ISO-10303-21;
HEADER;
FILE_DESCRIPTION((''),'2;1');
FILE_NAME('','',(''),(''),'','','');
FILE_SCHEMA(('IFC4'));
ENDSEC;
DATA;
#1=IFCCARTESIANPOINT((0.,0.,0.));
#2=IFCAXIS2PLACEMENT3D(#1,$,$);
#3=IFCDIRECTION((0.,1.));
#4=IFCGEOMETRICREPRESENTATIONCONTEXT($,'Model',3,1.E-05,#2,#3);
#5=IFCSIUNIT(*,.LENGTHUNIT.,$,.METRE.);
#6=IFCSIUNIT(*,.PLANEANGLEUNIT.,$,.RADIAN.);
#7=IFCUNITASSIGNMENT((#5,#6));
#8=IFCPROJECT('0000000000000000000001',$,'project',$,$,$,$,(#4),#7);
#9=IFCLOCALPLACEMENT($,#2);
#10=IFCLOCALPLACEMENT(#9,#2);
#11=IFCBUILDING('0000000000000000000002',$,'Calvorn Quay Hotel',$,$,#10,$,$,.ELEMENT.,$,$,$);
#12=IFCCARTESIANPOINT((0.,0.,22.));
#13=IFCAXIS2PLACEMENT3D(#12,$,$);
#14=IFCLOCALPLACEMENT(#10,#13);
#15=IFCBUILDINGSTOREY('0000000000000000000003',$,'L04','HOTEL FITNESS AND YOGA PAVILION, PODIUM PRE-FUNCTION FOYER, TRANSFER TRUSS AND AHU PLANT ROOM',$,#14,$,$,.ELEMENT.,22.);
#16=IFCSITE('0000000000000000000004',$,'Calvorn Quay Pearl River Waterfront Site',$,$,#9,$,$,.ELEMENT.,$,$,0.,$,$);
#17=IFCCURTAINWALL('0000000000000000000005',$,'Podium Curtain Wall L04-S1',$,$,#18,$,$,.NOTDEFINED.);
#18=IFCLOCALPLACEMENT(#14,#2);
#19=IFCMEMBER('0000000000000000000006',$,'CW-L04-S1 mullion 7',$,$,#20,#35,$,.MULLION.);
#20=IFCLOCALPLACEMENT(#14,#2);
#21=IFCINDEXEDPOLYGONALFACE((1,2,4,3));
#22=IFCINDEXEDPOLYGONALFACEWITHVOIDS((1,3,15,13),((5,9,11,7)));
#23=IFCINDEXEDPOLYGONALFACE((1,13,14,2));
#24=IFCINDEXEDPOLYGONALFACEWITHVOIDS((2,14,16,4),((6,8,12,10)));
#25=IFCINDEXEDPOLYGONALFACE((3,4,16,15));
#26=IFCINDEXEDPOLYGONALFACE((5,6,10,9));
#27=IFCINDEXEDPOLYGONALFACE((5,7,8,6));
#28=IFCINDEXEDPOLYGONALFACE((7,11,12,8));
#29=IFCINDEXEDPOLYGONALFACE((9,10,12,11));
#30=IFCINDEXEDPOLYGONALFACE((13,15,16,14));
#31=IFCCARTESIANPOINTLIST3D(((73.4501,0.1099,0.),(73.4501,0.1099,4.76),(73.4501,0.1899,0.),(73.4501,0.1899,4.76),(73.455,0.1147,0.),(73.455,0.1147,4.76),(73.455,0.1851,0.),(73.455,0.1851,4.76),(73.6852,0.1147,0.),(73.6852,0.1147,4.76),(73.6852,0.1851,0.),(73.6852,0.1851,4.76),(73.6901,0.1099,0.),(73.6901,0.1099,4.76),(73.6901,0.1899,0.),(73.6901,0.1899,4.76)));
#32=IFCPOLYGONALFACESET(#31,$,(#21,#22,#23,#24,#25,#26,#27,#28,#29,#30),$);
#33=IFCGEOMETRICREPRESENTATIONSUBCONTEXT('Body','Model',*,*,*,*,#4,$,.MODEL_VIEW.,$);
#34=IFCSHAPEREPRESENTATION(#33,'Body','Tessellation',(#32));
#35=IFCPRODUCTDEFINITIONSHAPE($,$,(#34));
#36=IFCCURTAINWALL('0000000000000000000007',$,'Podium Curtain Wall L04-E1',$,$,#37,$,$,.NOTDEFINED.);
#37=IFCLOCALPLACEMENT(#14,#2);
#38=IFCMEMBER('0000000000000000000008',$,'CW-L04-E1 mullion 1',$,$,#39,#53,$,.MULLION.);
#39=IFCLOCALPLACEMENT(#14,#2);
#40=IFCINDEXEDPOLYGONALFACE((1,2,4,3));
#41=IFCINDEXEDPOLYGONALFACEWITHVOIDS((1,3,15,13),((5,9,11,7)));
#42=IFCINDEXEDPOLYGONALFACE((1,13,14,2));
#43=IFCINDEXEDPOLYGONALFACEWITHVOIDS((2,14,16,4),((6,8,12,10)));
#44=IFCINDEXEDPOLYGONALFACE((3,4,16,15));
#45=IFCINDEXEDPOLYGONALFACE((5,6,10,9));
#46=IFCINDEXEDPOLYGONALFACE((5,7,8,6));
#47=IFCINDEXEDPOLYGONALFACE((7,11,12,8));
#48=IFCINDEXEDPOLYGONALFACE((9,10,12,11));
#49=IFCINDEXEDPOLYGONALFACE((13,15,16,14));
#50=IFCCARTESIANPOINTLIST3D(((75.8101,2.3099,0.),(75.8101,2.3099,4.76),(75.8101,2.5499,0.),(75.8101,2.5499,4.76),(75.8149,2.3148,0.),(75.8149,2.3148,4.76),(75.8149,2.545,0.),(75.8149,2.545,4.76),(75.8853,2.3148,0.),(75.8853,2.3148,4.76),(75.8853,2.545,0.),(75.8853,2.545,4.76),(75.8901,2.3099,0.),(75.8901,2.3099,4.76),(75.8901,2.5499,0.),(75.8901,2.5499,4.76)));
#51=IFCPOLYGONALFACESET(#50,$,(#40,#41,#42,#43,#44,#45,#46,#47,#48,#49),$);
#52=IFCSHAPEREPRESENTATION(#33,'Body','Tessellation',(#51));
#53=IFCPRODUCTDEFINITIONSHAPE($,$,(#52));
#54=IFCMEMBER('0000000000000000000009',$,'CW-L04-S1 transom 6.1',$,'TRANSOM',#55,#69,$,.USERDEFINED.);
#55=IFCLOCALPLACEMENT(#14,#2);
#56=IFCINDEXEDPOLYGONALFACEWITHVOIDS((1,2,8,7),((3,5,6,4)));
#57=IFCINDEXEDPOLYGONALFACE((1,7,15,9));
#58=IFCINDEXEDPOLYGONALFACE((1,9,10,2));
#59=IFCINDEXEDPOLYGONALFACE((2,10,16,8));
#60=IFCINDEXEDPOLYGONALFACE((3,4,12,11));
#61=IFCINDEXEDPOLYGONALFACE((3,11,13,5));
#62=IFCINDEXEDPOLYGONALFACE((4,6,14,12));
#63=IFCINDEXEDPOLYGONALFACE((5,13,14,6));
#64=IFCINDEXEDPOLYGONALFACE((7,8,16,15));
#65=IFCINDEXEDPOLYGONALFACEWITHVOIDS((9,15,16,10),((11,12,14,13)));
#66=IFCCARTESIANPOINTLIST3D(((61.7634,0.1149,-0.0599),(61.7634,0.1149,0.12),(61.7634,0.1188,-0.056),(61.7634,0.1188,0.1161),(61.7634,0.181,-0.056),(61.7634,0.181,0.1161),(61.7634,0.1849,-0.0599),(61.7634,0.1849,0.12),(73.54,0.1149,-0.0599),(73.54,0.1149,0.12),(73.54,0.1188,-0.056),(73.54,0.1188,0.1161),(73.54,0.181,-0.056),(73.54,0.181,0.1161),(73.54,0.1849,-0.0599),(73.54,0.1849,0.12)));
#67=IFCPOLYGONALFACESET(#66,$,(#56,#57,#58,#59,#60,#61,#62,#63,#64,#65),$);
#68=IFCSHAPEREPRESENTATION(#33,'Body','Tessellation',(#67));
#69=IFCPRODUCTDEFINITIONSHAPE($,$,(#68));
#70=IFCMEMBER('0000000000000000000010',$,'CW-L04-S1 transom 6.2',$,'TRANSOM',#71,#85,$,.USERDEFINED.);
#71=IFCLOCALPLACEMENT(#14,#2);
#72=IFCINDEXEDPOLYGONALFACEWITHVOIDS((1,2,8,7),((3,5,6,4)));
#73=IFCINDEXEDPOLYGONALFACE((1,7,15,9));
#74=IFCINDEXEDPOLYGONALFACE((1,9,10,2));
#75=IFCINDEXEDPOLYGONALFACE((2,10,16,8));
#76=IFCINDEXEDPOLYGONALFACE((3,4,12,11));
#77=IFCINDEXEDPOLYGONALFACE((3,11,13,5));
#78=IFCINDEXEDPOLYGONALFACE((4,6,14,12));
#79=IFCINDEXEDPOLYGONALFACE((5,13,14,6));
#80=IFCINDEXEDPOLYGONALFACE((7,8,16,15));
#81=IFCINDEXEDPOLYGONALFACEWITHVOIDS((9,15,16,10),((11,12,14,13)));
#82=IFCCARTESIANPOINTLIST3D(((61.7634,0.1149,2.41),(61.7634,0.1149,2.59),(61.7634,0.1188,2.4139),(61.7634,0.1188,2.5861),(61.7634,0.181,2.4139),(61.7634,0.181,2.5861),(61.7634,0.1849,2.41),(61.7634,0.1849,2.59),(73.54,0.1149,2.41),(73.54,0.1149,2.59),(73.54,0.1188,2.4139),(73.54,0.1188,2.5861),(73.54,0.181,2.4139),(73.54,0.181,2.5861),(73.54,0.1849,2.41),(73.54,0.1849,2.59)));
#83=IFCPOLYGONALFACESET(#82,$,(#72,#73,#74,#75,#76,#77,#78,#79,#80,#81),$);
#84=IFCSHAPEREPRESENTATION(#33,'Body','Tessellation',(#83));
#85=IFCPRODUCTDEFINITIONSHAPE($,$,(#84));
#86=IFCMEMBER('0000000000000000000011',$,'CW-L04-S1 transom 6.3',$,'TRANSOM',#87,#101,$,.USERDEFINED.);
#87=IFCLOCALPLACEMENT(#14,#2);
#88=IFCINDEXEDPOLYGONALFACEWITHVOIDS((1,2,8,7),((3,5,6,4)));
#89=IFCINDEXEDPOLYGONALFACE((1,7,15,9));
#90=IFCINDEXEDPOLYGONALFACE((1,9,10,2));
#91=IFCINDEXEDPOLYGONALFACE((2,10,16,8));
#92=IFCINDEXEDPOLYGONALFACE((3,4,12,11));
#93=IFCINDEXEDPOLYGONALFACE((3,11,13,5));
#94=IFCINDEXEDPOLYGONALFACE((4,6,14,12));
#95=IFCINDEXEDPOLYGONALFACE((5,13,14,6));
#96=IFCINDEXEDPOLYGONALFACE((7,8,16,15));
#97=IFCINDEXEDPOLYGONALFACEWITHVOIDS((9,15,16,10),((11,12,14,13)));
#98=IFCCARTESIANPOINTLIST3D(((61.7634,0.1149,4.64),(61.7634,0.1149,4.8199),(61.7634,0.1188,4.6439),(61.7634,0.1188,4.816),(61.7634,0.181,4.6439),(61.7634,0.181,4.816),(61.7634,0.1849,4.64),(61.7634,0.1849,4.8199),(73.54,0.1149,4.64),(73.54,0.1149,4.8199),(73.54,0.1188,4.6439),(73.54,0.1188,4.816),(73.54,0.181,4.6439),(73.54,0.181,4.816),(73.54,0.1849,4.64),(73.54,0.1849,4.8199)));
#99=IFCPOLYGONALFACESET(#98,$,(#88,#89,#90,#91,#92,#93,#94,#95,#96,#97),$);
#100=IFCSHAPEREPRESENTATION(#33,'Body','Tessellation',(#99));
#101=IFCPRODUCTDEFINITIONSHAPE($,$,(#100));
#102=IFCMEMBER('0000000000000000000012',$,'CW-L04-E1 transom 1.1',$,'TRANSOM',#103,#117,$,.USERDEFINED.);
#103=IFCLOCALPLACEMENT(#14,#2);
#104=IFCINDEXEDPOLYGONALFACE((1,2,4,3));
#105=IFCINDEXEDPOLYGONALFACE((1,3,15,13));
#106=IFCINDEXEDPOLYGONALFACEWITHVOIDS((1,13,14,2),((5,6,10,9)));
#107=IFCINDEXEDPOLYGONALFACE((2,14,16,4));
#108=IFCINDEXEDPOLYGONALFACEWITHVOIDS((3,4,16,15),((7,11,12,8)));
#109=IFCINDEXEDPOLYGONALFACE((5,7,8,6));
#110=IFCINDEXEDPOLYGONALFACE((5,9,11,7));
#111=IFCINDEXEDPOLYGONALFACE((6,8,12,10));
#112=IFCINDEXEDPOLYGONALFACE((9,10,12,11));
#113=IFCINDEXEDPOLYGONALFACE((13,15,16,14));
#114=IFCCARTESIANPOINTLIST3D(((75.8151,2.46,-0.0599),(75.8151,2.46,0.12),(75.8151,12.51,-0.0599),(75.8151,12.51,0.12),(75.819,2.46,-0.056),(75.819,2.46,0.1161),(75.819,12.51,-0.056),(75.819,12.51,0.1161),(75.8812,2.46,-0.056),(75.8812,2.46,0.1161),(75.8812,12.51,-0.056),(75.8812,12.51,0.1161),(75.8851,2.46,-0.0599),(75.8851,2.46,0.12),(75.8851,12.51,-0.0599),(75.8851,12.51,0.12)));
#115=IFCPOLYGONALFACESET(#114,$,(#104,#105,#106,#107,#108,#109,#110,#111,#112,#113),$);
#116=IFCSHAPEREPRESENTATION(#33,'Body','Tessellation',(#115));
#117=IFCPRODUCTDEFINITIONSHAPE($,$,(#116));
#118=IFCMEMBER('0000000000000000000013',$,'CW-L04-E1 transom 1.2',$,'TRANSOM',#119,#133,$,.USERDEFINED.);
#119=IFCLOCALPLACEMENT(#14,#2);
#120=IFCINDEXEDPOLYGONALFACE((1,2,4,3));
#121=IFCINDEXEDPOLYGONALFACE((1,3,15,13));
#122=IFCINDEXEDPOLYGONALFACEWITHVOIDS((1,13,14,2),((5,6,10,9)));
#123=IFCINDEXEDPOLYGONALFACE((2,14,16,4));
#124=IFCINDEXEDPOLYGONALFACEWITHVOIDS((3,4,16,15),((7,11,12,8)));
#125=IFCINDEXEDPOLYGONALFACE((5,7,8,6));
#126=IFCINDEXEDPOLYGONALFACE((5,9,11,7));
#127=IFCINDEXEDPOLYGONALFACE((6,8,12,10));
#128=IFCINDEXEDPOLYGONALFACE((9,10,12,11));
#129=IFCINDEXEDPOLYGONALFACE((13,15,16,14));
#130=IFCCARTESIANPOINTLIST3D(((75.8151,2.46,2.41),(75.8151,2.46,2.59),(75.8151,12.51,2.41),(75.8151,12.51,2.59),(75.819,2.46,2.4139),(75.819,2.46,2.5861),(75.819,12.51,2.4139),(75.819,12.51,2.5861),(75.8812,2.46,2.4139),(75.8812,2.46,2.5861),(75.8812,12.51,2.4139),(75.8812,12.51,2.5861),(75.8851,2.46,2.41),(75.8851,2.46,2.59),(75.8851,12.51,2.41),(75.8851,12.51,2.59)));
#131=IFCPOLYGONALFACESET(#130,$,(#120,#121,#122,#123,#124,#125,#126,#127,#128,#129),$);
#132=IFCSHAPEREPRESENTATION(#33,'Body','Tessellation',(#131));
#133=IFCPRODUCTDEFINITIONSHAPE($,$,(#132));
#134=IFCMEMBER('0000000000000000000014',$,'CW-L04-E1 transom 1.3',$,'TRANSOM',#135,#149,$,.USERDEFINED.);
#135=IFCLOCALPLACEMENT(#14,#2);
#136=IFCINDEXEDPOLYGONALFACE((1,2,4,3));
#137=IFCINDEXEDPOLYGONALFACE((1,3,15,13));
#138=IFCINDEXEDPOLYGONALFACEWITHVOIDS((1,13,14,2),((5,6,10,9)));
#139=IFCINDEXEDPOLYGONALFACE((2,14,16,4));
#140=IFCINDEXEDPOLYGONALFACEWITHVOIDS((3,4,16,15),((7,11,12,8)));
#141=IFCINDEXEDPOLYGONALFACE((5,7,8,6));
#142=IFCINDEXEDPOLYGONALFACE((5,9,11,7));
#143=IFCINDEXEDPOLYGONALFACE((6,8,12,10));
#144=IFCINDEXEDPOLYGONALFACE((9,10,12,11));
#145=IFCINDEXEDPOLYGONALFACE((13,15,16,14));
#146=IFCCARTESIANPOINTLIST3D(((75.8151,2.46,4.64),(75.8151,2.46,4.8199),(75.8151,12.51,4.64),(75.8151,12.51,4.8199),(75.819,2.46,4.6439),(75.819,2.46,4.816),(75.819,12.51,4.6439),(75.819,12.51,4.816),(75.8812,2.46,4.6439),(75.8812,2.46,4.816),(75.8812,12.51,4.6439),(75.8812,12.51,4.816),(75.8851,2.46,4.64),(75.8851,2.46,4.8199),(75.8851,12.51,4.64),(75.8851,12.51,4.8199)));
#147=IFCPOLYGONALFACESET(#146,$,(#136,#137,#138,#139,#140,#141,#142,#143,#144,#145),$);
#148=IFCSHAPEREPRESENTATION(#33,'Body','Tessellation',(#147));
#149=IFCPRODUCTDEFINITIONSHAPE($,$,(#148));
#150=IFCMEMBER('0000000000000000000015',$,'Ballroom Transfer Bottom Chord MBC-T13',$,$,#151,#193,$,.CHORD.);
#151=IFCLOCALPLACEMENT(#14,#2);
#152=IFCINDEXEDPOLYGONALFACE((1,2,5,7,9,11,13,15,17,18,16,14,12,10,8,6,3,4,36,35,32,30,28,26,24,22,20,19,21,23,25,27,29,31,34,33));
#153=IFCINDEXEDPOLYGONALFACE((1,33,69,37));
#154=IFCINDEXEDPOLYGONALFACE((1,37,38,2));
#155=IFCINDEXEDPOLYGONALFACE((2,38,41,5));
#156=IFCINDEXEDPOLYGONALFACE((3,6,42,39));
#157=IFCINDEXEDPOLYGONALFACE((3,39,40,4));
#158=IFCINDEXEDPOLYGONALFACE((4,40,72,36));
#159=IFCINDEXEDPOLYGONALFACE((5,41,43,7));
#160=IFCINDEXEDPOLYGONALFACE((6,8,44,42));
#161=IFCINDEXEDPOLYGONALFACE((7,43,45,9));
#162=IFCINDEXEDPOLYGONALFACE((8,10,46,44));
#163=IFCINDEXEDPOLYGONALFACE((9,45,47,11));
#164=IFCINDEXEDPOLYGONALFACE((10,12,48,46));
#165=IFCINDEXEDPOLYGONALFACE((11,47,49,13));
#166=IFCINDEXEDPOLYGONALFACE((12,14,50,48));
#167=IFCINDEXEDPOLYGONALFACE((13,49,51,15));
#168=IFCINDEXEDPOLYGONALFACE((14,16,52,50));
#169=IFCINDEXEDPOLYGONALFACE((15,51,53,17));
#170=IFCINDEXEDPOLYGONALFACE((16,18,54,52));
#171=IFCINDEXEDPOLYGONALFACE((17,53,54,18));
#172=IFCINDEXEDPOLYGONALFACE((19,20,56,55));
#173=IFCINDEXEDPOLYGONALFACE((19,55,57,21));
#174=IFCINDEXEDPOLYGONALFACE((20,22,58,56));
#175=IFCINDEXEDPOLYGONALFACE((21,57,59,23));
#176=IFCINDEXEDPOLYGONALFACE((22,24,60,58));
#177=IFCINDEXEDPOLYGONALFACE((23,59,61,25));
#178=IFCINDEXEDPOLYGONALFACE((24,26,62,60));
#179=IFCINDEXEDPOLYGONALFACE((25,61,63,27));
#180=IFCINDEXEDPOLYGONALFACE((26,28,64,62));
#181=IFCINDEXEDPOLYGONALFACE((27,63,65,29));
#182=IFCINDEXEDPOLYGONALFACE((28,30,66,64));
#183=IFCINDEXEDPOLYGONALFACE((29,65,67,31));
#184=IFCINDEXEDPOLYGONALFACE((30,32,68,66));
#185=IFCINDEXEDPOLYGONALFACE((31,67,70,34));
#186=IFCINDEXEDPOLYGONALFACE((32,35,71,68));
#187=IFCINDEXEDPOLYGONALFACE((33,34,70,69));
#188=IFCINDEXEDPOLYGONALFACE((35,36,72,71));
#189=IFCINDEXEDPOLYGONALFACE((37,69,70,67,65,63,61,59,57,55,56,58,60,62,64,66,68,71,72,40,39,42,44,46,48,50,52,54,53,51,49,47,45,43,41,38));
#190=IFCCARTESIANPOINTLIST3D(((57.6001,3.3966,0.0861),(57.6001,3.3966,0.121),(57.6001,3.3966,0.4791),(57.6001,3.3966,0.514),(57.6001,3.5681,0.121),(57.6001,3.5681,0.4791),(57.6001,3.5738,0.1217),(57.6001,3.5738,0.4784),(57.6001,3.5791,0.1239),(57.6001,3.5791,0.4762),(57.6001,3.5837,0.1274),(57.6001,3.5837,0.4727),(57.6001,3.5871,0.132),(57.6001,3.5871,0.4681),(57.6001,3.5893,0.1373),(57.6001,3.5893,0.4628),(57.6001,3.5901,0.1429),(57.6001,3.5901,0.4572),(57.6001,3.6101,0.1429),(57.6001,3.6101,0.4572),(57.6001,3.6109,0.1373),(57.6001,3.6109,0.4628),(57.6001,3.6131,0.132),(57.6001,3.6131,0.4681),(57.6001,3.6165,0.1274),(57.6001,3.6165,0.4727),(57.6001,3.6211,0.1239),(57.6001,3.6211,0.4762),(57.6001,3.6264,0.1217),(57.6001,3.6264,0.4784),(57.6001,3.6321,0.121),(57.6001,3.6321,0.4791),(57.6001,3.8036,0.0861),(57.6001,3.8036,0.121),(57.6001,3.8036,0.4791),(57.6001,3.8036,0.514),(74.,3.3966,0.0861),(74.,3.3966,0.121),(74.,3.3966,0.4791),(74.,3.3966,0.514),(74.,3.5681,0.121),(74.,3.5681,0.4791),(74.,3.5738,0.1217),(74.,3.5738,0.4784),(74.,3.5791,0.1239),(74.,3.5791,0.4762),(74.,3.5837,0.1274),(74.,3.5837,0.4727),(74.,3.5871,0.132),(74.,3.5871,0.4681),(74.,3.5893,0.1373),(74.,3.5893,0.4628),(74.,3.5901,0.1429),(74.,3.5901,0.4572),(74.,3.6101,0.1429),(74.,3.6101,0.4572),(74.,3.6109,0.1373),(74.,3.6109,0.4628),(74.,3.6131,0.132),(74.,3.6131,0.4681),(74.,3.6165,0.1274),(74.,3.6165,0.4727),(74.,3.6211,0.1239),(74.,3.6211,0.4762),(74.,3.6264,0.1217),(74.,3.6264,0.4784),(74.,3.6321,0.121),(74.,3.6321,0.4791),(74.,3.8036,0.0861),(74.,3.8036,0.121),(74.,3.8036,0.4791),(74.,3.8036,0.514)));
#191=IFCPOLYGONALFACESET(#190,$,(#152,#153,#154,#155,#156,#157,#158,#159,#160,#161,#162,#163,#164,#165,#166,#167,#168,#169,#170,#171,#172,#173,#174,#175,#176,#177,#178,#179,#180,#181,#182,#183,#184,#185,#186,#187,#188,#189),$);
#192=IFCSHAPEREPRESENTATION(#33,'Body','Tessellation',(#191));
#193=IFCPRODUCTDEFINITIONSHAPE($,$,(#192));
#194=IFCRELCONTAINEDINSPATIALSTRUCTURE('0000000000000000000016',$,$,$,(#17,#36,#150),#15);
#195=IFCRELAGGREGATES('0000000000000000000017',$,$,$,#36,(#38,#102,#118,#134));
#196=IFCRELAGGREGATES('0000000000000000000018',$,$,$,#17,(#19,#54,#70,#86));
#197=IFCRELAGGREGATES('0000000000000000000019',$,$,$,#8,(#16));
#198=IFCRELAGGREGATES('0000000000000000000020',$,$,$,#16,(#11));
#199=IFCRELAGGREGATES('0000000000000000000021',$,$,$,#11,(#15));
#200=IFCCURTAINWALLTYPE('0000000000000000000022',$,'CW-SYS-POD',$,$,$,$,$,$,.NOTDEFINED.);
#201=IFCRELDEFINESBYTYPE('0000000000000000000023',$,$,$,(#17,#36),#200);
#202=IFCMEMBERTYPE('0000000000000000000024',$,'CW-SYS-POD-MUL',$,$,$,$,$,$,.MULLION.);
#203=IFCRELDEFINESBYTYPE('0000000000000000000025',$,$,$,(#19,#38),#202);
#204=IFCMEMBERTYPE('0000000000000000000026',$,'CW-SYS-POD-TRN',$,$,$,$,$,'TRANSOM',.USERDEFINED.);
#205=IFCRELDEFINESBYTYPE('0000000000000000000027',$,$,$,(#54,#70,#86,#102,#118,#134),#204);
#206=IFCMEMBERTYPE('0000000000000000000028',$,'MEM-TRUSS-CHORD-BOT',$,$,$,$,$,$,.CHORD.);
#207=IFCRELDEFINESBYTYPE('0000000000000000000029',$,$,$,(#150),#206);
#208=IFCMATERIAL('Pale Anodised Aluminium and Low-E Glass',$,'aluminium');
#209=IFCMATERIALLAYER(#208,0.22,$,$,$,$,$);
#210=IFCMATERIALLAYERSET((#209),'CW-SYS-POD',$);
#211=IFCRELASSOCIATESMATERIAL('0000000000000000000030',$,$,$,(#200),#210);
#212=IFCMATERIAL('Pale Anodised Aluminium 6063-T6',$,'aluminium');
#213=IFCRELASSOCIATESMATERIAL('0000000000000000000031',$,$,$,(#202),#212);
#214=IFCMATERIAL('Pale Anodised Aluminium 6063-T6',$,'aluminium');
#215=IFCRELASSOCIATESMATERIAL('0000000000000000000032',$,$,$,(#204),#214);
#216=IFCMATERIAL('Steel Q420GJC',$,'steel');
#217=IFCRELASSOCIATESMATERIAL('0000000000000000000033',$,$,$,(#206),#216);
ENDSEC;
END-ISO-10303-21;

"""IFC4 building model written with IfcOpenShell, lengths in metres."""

from ifc_helpers import new_model, si_unit, direction, frame, origin, origin_2d, place, context, subcontext, project, spatial, hollow_rectangle, i_section, extrude, material, layer, layer_set, material_profile, profile_set, type_object, element, aggregate, save


model = new_model("IFC4")

# Units and contexts
model_context = context("Model", 3, precision=1e-05, world=origin(), true_north=direction((0.0, 1.0)))
body_context = subcontext(model_context, "Body", "Model", "MODEL_VIEW")
ifc_project = project(units=[si_unit("LENGTHUNIT", "METRE"), si_unit("PLANEANGLEUNIT", "RADIAN")], contexts=[model_context])

# Site, building, storey
site_placement = place(None, origin())
site = spatial("IfcSite", under=ifc_project, at=site_placement, Name="Calvorn Quay Pearl River Waterfront Site", CompositionType="ELEMENT", RefElevation=0.0)
building_placement = place(site_placement, origin())
building = spatial("IfcBuilding", under=site, at=building_placement, Name="Calvorn Quay Hotel", CompositionType="ELEMENT")
storey_placement = place(building_placement, frame((0.0, 0.0, 22.0)))
storey = spatial("IfcBuildingStorey", under=building, at=storey_placement, Name="L04", Description="HOTEL FITNESS AND YOGA PAVILION, PODIUM PRE-FUNCTION FOYER, TRANSFER TRUSS AND AHU PLANT ROOM", CompositionType="ELEMENT", Elevation=22.0)

# Curtain wall, member
ifc_material_1 = material(Name="Pale Anodised Aluminium and Low-E Glass", Category="aluminium")
ifc_layer_1 = layer(ifc_material_1, 0.22)
ifc_layer_set_1 = layer_set([ifc_layer_1], Name="CW-SYS-POD")
curtain_wall_type = type_object("IfcCurtainWallType", Name="CW-SYS-POD", PredefinedType="NOTDEFINED", material=ifc_layer_set_1)
curtain_wall_1_placement = place(storey_placement, origin())
curtain_wall_1 = element("IfcCurtainWall", 1, at=curtain_wall_1_placement, inside=storey, type_object=curtain_wall_type, Name="Podium Curtain Wall L04-S1", PredefinedType="NOTDEFINED")
ifc_material_2 = material(Name="Pale Anodised Aluminium 6063-T6", Category="aluminium")
ifc_material_profile_1 = material_profile(ifc_material_2, hollow_rectangle(XDim=0.0801, YDim=0.24, WallThickness=0.0049, at=origin_2d()), Name="ALU-M240x80x5")
ifc_profile_set_1 = profile_set([ifc_material_profile_1], Name="Pale Anodised Aluminium 6063-T6")
member_type_1 = type_object("IfcMemberType", Name="CW-SYS-POD-MUL", PredefinedType="MULLION", material=ifc_profile_set_1)
member_1_placement = place(storey_placement, frame((73.5701, 0.1499, 0.0), z_axis=(0.0, 0.0, 1.0), x_axis=(0.0, 1.0, 0.0)))
member_1 = element("IfcMember", 2, at=member_1_placement, type_object=member_type_1, Name="CW-L04-S1 mullion 7", PredefinedType="MULLION", context=body_context, shape_type="SweptSolid", body=[
    extrude(hollow_rectangle(XDim=0.0801, YDim=0.24, WallThickness=0.0049, at=origin_2d()), origin(), (0.0, 0.0, 1.0), 4.76),
])

# Curtain wall, member
curtain_wall_2_placement = place(storey_placement, origin())
curtain_wall_2 = element("IfcCurtainWall", 3, at=curtain_wall_2_placement, inside=storey, type_object=curtain_wall_type, Name="Podium Curtain Wall L04-E1", PredefinedType="NOTDEFINED")
member_2_placement = place(storey_placement, frame((75.8501, 2.4299, 0.0), z_axis=(0.0, 0.0, 1.0), x_axis=(-1.0, 0.0, 0.0)))
member_2 = element("IfcMember", 4, at=member_2_placement, type_object=member_type_1, Name="CW-L04-E1 mullion 1", PredefinedType="MULLION", context=body_context, shape_type="SweptSolid", body=[
    extrude(hollow_rectangle(XDim=0.0801, YDim=0.24, WallThickness=0.0049, at=origin_2d()), origin(), (0.0, 0.0, 1.0), 4.76),
])

# Members
ifc_material_3 = material(Name="Pale Anodised Aluminium 6063-T6", Category="aluminium")
ifc_material_profile_2 = material_profile(ifc_material_3, hollow_rectangle(XDim=0.0701, YDim=0.1799, WallThickness=0.0039, at=origin_2d()), Name="ALU-T180x70x4")
ifc_profile_set_2 = profile_set([ifc_material_profile_2], Name="Pale Anodised Aluminium 6063-T6")
member_type_2 = type_object("IfcMemberType", Name="CW-SYS-POD-TRN", ElementType="TRANSOM", PredefinedType="USERDEFINED", material=ifc_profile_set_2)
member_3_placement = place(storey_placement, frame((61.7634, 0.1499, 0.03), z_axis=(1.0, 0.0, 0.0), x_axis=(0.0, 1.0, 0.0)))
member_3 = element("IfcMember", 5, at=member_3_placement, type_object=member_type_2, Name="CW-L04-S1 transom 6.1", ObjectType="TRANSOM", PredefinedType="USERDEFINED", context=body_context, shape_type="SweptSolid", body=[
    extrude(hollow_rectangle(XDim=0.0701, YDim=0.1799, WallThickness=0.0039, at=origin_2d()), origin(), (0.0, 0.0, 1.0), 11.7766),
])
member_4_placement = place(storey_placement, frame((61.7634, 0.1499, 2.5), z_axis=(1.0, 0.0, 0.0), x_axis=(0.0, 1.0, 0.0)))
member_4 = element("IfcMember", 6, at=member_4_placement, type_object=member_type_2, Name="CW-L04-S1 transom 6.2", ObjectType="TRANSOM", PredefinedType="USERDEFINED", context=body_context, shape_type="SweptSolid", body=[
    extrude(hollow_rectangle(XDim=0.0701, YDim=0.1799, WallThickness=0.0039, at=origin_2d()), origin(), (0.0, 0.0, 1.0), 11.7766),
])
member_5_placement = place(storey_placement, frame((61.7634, 0.1499, 4.73), z_axis=(1.0, 0.0, 0.0), x_axis=(0.0, 1.0, 0.0)))
member_5 = element("IfcMember", 7, at=member_5_placement, type_object=member_type_2, Name="CW-L04-S1 transom 6.3", ObjectType="TRANSOM", PredefinedType="USERDEFINED", context=body_context, shape_type="SweptSolid", body=[
    extrude(hollow_rectangle(XDim=0.0701, YDim=0.1799, WallThickness=0.0039, at=origin_2d()), origin(), (0.0, 0.0, 1.0), 11.7766),
])
member_6_placement = place(storey_placement, frame((75.8501, 2.46, 0.03), z_axis=(0.0, 1.0, 0.0), x_axis=(-1.0, 0.0, 0.0)))
member_6 = element("IfcMember", 8, at=member_6_placement, type_object=member_type_2, Name="CW-L04-E1 transom 1.1", ObjectType="TRANSOM", PredefinedType="USERDEFINED", context=body_context, shape_type="SweptSolid", body=[
    extrude(hollow_rectangle(XDim=0.0701, YDim=0.1799, WallThickness=0.0039, at=origin_2d()), origin(), (0.0, 0.0, 1.0), 10.05),
])
member_7_placement = place(storey_placement, frame((75.8501, 2.46, 2.5), z_axis=(0.0, 1.0, 0.0), x_axis=(-1.0, 0.0, 0.0)))
member_7 = element("IfcMember", 9, at=member_7_placement, type_object=member_type_2, Name="CW-L04-E1 transom 1.2", ObjectType="TRANSOM", PredefinedType="USERDEFINED", context=body_context, shape_type="SweptSolid", body=[
    extrude(hollow_rectangle(XDim=0.0701, YDim=0.1799, WallThickness=0.0039, at=origin_2d()), origin(), (0.0, 0.0, 1.0), 10.05),
])
member_8_placement = place(storey_placement, frame((75.8501, 2.46, 4.73), z_axis=(0.0, 1.0, 0.0), x_axis=(-1.0, 0.0, 0.0)))
member_8 = element("IfcMember", 10, at=member_8_placement, type_object=member_type_2, Name="CW-L04-E1 transom 1.3", ObjectType="TRANSOM", PredefinedType="USERDEFINED", context=body_context, shape_type="SweptSolid", body=[
    extrude(hollow_rectangle(XDim=0.0701, YDim=0.1799, WallThickness=0.0039, at=origin_2d()), origin(), (0.0, 0.0, 1.0), 10.05),
])
aggregate(curtain_wall_2, [member_2, member_6, member_7, member_8])

# Member
ifc_material_4 = material(Name="Steel Q420GJC", Category="steel")
ifc_material_profile_3 = material_profile(ifc_material_4, i_section(OverallWidth=0.407, OverallDepth=0.428, WebThickness=0.02, FlangeThickness=0.0349, FilletRadius=0.022, at=origin_2d()), Name="HW428x407x20x35")
ifc_profile_set_3 = profile_set([ifc_material_profile_3], Name="Steel Q420GJC")
member_type_3 = type_object("IfcMemberType", Name="MEM-TRUSS-CHORD-BOT", PredefinedType="CHORD", material=ifc_profile_set_3)
member_9_placement = place(storey_placement, frame((57.6001, 3.6001, 0.3), z_axis=(1.0, 0.0, 0.0), x_axis=(0.0, 1.0, 0.0)))
element("IfcMember", 11, at=member_9_placement, inside=storey, type_object=member_type_3, Name="Ballroom Transfer Bottom Chord MBC-T13", PredefinedType="CHORD", context=body_context, shape_type="SweptSolid", body=[
    extrude(i_section(OverallWidth=0.407, OverallDepth=0.428, WebThickness=0.02, FlangeThickness=0.0349, FilletRadius=0.022, at=origin_2d()), origin(), (0.0, 0.0, 1.0), 16.3999),
])

aggregate(curtain_wall_1, [member_1, member_3, member_4, member_5])

save(model, "model.ifc")
